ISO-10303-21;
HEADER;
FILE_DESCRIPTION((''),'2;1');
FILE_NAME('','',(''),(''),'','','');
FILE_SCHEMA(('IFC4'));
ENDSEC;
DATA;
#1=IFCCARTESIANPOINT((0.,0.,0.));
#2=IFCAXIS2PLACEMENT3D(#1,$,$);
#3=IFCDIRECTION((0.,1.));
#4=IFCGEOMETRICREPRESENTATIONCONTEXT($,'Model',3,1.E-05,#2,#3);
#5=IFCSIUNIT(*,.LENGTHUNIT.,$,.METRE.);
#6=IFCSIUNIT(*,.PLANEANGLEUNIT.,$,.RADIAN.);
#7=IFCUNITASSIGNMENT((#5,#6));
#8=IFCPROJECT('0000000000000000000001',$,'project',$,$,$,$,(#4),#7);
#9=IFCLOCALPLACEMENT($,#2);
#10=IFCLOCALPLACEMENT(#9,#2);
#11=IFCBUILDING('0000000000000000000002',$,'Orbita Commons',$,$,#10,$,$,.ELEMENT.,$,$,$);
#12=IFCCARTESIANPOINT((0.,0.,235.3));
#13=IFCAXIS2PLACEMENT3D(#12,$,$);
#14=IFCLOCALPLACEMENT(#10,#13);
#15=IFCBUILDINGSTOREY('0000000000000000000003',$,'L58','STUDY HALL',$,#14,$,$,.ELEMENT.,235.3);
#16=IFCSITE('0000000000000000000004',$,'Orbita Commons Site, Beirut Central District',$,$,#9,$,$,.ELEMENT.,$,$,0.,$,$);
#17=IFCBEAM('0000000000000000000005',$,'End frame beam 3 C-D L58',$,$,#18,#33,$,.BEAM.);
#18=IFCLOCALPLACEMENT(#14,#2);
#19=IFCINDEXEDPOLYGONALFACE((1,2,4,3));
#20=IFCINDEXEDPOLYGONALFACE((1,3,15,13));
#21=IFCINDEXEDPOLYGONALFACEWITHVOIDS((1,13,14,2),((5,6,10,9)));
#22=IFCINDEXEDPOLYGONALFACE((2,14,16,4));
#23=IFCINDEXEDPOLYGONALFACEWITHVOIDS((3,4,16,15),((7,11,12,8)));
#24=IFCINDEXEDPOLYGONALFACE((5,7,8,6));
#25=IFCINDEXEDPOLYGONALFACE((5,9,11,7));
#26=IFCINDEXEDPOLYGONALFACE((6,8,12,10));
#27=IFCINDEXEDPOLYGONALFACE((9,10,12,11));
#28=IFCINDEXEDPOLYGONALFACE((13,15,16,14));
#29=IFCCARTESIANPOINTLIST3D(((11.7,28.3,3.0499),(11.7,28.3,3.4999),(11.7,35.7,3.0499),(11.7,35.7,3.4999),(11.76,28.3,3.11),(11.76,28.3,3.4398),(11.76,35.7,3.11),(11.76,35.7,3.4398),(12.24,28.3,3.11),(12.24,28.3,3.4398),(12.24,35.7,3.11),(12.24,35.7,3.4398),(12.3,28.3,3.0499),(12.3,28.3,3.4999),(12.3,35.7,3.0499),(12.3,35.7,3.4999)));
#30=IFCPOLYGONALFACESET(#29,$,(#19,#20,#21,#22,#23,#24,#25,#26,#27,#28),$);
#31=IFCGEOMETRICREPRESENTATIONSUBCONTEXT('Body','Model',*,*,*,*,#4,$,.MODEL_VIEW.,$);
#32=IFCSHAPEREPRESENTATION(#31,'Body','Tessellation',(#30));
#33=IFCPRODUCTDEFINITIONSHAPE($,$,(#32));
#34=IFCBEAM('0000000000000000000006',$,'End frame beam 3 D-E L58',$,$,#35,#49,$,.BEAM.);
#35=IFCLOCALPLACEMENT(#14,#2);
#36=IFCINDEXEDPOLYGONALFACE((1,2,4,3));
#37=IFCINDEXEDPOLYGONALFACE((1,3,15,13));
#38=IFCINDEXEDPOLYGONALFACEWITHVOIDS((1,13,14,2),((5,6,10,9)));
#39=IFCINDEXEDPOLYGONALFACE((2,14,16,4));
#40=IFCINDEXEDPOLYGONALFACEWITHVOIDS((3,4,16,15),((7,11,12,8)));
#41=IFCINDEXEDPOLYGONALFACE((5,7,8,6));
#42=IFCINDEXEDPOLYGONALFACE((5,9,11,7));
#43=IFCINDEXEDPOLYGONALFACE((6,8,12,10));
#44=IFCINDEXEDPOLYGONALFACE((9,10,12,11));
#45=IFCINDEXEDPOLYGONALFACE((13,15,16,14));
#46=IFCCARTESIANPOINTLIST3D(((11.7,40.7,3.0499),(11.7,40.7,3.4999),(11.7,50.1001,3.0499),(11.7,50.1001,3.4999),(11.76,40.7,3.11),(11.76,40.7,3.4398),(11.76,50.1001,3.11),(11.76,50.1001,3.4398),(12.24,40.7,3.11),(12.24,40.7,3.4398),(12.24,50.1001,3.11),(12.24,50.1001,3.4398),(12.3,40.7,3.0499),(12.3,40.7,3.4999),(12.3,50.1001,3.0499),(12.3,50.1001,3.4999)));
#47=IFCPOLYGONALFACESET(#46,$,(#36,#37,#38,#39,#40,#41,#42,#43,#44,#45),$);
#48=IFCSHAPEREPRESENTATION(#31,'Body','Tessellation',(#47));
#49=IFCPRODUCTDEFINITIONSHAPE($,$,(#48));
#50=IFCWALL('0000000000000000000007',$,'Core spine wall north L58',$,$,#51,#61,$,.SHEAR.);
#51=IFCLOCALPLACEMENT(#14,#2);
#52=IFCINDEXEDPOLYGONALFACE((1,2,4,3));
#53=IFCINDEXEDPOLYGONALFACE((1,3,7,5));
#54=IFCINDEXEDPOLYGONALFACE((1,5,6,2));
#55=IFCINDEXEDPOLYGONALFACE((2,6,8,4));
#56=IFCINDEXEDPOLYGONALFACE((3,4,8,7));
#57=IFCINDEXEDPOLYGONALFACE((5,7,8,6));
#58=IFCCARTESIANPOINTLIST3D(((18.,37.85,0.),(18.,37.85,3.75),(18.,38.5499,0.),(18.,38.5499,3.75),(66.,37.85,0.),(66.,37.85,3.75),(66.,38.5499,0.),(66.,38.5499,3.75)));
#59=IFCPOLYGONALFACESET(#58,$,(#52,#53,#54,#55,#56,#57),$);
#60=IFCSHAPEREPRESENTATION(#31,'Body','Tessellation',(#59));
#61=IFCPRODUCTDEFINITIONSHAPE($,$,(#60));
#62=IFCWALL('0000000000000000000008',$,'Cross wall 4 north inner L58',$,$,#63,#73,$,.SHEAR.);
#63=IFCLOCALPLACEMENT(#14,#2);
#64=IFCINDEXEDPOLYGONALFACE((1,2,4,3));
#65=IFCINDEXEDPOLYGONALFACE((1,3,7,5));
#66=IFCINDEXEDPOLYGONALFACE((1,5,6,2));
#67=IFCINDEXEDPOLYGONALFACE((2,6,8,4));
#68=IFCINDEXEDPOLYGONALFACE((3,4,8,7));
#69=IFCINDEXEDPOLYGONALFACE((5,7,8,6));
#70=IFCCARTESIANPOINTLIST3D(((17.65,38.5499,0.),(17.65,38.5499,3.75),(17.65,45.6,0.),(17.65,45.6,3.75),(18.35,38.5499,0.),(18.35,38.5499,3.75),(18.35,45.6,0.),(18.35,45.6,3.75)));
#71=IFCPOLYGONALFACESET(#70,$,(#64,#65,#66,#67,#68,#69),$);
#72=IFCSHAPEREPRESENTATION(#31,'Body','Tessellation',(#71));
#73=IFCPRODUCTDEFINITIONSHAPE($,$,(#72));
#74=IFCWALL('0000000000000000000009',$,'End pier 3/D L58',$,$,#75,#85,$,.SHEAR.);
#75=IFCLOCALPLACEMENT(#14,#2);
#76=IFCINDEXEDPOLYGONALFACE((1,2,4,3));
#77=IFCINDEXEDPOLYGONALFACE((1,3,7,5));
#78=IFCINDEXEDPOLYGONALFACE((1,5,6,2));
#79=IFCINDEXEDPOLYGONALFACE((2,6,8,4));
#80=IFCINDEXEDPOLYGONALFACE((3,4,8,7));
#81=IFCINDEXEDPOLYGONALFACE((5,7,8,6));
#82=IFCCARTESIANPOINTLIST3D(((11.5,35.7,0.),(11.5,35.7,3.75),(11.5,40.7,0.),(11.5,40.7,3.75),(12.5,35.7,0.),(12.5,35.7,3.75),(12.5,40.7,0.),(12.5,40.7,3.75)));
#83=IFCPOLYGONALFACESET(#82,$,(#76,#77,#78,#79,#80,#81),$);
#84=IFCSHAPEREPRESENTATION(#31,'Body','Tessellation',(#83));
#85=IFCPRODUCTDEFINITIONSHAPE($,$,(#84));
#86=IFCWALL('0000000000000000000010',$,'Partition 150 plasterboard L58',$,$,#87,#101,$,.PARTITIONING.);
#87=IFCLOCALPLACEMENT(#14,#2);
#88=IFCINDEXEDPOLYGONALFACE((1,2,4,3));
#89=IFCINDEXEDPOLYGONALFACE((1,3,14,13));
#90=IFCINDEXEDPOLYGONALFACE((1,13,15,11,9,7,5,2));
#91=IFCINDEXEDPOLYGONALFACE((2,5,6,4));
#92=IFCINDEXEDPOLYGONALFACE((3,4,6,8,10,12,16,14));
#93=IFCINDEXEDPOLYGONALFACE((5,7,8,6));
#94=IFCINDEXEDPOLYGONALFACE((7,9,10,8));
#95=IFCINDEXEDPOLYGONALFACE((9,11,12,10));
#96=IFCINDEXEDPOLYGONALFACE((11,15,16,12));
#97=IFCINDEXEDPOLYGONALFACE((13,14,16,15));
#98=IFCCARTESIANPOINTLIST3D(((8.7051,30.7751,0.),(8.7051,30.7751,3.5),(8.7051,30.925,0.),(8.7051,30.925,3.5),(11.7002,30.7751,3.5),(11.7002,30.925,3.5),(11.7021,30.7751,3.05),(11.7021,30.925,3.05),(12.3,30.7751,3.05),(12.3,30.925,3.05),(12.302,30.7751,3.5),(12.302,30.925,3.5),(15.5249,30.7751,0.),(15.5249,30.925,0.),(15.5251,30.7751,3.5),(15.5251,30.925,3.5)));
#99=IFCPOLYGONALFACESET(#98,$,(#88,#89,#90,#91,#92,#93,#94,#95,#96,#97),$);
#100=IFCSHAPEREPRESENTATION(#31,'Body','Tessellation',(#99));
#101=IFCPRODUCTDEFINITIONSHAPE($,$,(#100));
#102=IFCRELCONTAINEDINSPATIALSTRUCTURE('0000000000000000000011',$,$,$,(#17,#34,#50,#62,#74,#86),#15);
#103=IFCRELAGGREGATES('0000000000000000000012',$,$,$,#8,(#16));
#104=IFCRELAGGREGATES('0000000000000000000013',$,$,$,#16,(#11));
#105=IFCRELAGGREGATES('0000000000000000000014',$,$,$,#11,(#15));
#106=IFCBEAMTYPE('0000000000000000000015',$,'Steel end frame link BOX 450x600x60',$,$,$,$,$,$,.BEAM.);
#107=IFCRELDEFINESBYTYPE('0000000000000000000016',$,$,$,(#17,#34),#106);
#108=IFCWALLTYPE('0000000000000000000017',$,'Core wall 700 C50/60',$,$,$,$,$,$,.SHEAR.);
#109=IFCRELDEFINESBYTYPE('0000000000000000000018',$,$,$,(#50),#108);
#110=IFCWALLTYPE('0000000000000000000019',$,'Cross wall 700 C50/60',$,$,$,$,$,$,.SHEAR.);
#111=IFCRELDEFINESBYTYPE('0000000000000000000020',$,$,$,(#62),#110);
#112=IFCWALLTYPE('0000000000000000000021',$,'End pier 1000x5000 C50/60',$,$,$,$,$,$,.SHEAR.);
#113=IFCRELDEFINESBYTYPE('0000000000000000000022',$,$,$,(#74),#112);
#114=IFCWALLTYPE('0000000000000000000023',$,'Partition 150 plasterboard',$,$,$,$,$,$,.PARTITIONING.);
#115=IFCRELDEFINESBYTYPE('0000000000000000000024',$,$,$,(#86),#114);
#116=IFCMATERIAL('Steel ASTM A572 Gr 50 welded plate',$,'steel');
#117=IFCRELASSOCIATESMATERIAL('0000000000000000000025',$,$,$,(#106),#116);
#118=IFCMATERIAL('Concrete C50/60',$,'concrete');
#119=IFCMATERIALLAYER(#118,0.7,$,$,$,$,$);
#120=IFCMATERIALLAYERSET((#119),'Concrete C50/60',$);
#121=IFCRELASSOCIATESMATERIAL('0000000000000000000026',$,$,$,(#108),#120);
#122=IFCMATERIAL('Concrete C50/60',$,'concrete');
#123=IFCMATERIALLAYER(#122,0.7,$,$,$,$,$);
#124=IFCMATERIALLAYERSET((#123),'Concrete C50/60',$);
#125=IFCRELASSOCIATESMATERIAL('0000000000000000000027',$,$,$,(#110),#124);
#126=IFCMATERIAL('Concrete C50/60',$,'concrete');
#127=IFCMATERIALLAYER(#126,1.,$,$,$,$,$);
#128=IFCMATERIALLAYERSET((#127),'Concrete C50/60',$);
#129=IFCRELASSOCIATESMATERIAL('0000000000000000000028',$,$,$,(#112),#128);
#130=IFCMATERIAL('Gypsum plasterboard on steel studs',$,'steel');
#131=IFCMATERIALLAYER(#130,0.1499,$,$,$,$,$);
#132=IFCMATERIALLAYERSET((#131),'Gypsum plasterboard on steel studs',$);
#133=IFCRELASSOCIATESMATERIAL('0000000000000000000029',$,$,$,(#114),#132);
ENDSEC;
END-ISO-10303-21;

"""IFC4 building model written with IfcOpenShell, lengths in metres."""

from ifc_helpers import new_model, si_unit, direction, frame, frame_2d, origin, origin_2d, place, context, subcontext, project, spatial, polyline, rectangle, hollow_rectangle, outline, extrude, material, layer, layer_set, material_profile, profile_set, type_object, element, save


model = new_model("IFC4")

# Units and contexts
model_context = context("Model", 3, precision=1e-05, world=origin(), true_north=direction((0.0, 1.0)))
body_context = subcontext(model_context, "Body", "Model", "MODEL_VIEW")
ifc_project = project(units=[si_unit("LENGTHUNIT", "METRE"), si_unit("PLANEANGLEUNIT", "RADIAN")], contexts=[model_context])

# Site, building, storey
site_placement = place(None, origin())
site = spatial("IfcSite", under=ifc_project, at=site_placement, Name="Orbita Commons Site, Beirut Central District", CompositionType="ELEMENT", RefElevation=0.0)
building_placement = place(site_placement, origin())
building = spatial("IfcBuilding", under=site, at=building_placement, Name="Orbita Commons", CompositionType="ELEMENT")
storey_placement = place(building_placement, frame((0.0, 0.0, 235.3)))
storey = spatial("IfcBuildingStorey", under=building, at=storey_placement, Name="L58", Description="STUDY HALL", CompositionType="ELEMENT", Elevation=235.3)

# Beams
ifc_material_1 = material(Name="Steel ASTM A572 Gr 50 welded plate", Category="steel")
ifc_material_profile = material_profile(ifc_material_1, hollow_rectangle(XDim=0.6001, YDim=0.45, WallThickness=0.0601, at=origin_2d()), Name="BOX 450x600x60")
ifc_profile_set = profile_set([ifc_material_profile], Name="Steel ASTM A572 Gr 50 welded plate")
beam_type = type_object("IfcBeamType", Name="Steel end frame link BOX 450x600x60", PredefinedType="BEAM", material=ifc_profile_set)
beam_1_placement = place(storey_placement, frame((12.0, 28.3, 3.2749), z_axis=(0.0, 1.0, 0.0), x_axis=(-1.0, 0.0, 0.0)))
element("IfcBeam", 1, at=beam_1_placement, inside=storey, type_object=beam_type, Name="End frame beam 3 C-D L58", PredefinedType="BEAM", context=body_context, shape_type="SweptSolid", body=[
    extrude(hollow_rectangle(XDim=0.6001, YDim=0.45, WallThickness=0.0601, at=origin_2d()), origin(), (0.0, 0.0, 1.0), 7.3999),
])
beam_2_placement = place(storey_placement, frame((12.0, 40.7, 3.2749), z_axis=(0.0, 1.0, 0.0), x_axis=(-1.0, 0.0, 0.0)))
element("IfcBeam", 2, at=beam_2_placement, inside=storey, type_object=beam_type, Name="End frame beam 3 D-E L58", PredefinedType="BEAM", context=body_context, shape_type="SweptSolid", body=[
    extrude(hollow_rectangle(XDim=0.6001, YDim=0.45, WallThickness=0.0601, at=origin_2d()), origin(), (0.0, 0.0, 1.0), 9.4001),
])

# Walls
ifc_material_2 = material(Name="Concrete C50/60", Category="concrete")
ifc_layer_1 = layer(ifc_material_2, 0.7)
ifc_layer_set_1 = layer_set([ifc_layer_1], Name="Concrete C50/60")
wall_type_1 = type_object("IfcWallType", Name="Core wall 700 C50/60", PredefinedType="SHEAR", material=ifc_layer_set_1)
wall_1_placement = place(storey_placement, frame((18.0, 38.2, 0.0), z_axis=(0.0, 0.0, 1.0), x_axis=(1.0, 0.0, 0.0)))
element("IfcWall", 3, at=wall_1_placement, inside=storey, type_object=wall_type_1, Name="Core spine wall north L58", PredefinedType="SHEAR", context=body_context, shape_type="SweptSolid", body=[
    extrude(rectangle(XDim=48.0, YDim=0.7, at=frame_2d((24.0, 0.0))), origin(), (0.0, 0.0, 1.0), 3.75),
])
ifc_material_3 = material(Name="Concrete C50/60", Category="concrete")
ifc_layer_2 = layer(ifc_material_3, 0.7)
ifc_layer_set_2 = layer_set([ifc_layer_2], Name="Concrete C50/60")
wall_type_2 = type_object("IfcWallType", Name="Cross wall 700 C50/60", PredefinedType="SHEAR", material=ifc_layer_set_2)
wall_2_placement = place(storey_placement, frame((18.0, 38.55, 0.0), z_axis=(0.0, 0.0, 1.0), x_axis=(0.0, 1.0, 0.0)))
element("IfcWall", 4, at=wall_2_placement, inside=storey, type_object=wall_type_2, Name="Cross wall 4 north inner L58", PredefinedType="SHEAR", context=body_context, shape_type="SweptSolid", body=[
    extrude(rectangle(XDim=7.05, YDim=0.7, at=frame_2d((3.5249, 0.0))), origin(), (0.0, 0.0, 1.0), 3.75),
])
ifc_material_4 = material(Name="Concrete C50/60", Category="concrete")
ifc_layer_3 = layer(ifc_material_4, 1.0)
ifc_layer_set_3 = layer_set([ifc_layer_3], Name="Concrete C50/60")
wall_type_3 = type_object("IfcWallType", Name="End pier 1000x5000 C50/60", PredefinedType="SHEAR", material=ifc_layer_set_3)
wall_3_placement = place(storey_placement, frame((12.0, 35.7, 0.0), z_axis=(0.0, 0.0, 1.0), x_axis=(0.0, 1.0, 0.0)))
element("IfcWall", 5, at=wall_3_placement, inside=storey, type_object=wall_type_3, Name="End pier 3/D L58", PredefinedType="SHEAR", context=body_context, shape_type="SweptSolid", body=[
    extrude(rectangle(XDim=5.0, YDim=1.0, at=frame_2d((2.5, 0.0))), origin(), (0.0, 0.0, 1.0), 3.75),
])
ifc_material_5 = material(Name="Gypsum plasterboard on steel studs", Category="steel")
ifc_layer_4 = layer(ifc_material_5, 0.1499)
ifc_layer_set_4 = layer_set([ifc_layer_4], Name="Gypsum plasterboard on steel studs")
wall_type_4 = type_object("IfcWallType", Name="Partition 150 plasterboard", PredefinedType="PARTITIONING", material=ifc_layer_set_4)
wall_4_placement = place(storey_placement, frame((8.7051, 30.8501, 0.0), z_axis=(0.0, 0.0, 1.0), x_axis=(1.0, 0.0, 0.0)))
element("IfcWall", 6, at=wall_4_placement, inside=storey, type_object=wall_type_4, Name="Partition 150 plasterboard L58", PredefinedType="PARTITIONING", context=body_context, shape_type="SweptSolid", body=[
    extrude(outline(polyline([(0.0, 0.0), (6.8198, 0.0), (6.8201, 3.5), (3.5969, 3.5), (3.595, 3.05), (2.9971, 3.05), (2.9951, 3.5), (0.0, 3.5), (0.0, 0.0)])), frame((0.0, 0.075, 0.0), z_axis=(0.0, -1.0, 0.0), x_axis=(1.0, 0.0, 0.0)), (0.0, 0.0, 1.0), 0.1499),
])

save(model, "model.ifc")
